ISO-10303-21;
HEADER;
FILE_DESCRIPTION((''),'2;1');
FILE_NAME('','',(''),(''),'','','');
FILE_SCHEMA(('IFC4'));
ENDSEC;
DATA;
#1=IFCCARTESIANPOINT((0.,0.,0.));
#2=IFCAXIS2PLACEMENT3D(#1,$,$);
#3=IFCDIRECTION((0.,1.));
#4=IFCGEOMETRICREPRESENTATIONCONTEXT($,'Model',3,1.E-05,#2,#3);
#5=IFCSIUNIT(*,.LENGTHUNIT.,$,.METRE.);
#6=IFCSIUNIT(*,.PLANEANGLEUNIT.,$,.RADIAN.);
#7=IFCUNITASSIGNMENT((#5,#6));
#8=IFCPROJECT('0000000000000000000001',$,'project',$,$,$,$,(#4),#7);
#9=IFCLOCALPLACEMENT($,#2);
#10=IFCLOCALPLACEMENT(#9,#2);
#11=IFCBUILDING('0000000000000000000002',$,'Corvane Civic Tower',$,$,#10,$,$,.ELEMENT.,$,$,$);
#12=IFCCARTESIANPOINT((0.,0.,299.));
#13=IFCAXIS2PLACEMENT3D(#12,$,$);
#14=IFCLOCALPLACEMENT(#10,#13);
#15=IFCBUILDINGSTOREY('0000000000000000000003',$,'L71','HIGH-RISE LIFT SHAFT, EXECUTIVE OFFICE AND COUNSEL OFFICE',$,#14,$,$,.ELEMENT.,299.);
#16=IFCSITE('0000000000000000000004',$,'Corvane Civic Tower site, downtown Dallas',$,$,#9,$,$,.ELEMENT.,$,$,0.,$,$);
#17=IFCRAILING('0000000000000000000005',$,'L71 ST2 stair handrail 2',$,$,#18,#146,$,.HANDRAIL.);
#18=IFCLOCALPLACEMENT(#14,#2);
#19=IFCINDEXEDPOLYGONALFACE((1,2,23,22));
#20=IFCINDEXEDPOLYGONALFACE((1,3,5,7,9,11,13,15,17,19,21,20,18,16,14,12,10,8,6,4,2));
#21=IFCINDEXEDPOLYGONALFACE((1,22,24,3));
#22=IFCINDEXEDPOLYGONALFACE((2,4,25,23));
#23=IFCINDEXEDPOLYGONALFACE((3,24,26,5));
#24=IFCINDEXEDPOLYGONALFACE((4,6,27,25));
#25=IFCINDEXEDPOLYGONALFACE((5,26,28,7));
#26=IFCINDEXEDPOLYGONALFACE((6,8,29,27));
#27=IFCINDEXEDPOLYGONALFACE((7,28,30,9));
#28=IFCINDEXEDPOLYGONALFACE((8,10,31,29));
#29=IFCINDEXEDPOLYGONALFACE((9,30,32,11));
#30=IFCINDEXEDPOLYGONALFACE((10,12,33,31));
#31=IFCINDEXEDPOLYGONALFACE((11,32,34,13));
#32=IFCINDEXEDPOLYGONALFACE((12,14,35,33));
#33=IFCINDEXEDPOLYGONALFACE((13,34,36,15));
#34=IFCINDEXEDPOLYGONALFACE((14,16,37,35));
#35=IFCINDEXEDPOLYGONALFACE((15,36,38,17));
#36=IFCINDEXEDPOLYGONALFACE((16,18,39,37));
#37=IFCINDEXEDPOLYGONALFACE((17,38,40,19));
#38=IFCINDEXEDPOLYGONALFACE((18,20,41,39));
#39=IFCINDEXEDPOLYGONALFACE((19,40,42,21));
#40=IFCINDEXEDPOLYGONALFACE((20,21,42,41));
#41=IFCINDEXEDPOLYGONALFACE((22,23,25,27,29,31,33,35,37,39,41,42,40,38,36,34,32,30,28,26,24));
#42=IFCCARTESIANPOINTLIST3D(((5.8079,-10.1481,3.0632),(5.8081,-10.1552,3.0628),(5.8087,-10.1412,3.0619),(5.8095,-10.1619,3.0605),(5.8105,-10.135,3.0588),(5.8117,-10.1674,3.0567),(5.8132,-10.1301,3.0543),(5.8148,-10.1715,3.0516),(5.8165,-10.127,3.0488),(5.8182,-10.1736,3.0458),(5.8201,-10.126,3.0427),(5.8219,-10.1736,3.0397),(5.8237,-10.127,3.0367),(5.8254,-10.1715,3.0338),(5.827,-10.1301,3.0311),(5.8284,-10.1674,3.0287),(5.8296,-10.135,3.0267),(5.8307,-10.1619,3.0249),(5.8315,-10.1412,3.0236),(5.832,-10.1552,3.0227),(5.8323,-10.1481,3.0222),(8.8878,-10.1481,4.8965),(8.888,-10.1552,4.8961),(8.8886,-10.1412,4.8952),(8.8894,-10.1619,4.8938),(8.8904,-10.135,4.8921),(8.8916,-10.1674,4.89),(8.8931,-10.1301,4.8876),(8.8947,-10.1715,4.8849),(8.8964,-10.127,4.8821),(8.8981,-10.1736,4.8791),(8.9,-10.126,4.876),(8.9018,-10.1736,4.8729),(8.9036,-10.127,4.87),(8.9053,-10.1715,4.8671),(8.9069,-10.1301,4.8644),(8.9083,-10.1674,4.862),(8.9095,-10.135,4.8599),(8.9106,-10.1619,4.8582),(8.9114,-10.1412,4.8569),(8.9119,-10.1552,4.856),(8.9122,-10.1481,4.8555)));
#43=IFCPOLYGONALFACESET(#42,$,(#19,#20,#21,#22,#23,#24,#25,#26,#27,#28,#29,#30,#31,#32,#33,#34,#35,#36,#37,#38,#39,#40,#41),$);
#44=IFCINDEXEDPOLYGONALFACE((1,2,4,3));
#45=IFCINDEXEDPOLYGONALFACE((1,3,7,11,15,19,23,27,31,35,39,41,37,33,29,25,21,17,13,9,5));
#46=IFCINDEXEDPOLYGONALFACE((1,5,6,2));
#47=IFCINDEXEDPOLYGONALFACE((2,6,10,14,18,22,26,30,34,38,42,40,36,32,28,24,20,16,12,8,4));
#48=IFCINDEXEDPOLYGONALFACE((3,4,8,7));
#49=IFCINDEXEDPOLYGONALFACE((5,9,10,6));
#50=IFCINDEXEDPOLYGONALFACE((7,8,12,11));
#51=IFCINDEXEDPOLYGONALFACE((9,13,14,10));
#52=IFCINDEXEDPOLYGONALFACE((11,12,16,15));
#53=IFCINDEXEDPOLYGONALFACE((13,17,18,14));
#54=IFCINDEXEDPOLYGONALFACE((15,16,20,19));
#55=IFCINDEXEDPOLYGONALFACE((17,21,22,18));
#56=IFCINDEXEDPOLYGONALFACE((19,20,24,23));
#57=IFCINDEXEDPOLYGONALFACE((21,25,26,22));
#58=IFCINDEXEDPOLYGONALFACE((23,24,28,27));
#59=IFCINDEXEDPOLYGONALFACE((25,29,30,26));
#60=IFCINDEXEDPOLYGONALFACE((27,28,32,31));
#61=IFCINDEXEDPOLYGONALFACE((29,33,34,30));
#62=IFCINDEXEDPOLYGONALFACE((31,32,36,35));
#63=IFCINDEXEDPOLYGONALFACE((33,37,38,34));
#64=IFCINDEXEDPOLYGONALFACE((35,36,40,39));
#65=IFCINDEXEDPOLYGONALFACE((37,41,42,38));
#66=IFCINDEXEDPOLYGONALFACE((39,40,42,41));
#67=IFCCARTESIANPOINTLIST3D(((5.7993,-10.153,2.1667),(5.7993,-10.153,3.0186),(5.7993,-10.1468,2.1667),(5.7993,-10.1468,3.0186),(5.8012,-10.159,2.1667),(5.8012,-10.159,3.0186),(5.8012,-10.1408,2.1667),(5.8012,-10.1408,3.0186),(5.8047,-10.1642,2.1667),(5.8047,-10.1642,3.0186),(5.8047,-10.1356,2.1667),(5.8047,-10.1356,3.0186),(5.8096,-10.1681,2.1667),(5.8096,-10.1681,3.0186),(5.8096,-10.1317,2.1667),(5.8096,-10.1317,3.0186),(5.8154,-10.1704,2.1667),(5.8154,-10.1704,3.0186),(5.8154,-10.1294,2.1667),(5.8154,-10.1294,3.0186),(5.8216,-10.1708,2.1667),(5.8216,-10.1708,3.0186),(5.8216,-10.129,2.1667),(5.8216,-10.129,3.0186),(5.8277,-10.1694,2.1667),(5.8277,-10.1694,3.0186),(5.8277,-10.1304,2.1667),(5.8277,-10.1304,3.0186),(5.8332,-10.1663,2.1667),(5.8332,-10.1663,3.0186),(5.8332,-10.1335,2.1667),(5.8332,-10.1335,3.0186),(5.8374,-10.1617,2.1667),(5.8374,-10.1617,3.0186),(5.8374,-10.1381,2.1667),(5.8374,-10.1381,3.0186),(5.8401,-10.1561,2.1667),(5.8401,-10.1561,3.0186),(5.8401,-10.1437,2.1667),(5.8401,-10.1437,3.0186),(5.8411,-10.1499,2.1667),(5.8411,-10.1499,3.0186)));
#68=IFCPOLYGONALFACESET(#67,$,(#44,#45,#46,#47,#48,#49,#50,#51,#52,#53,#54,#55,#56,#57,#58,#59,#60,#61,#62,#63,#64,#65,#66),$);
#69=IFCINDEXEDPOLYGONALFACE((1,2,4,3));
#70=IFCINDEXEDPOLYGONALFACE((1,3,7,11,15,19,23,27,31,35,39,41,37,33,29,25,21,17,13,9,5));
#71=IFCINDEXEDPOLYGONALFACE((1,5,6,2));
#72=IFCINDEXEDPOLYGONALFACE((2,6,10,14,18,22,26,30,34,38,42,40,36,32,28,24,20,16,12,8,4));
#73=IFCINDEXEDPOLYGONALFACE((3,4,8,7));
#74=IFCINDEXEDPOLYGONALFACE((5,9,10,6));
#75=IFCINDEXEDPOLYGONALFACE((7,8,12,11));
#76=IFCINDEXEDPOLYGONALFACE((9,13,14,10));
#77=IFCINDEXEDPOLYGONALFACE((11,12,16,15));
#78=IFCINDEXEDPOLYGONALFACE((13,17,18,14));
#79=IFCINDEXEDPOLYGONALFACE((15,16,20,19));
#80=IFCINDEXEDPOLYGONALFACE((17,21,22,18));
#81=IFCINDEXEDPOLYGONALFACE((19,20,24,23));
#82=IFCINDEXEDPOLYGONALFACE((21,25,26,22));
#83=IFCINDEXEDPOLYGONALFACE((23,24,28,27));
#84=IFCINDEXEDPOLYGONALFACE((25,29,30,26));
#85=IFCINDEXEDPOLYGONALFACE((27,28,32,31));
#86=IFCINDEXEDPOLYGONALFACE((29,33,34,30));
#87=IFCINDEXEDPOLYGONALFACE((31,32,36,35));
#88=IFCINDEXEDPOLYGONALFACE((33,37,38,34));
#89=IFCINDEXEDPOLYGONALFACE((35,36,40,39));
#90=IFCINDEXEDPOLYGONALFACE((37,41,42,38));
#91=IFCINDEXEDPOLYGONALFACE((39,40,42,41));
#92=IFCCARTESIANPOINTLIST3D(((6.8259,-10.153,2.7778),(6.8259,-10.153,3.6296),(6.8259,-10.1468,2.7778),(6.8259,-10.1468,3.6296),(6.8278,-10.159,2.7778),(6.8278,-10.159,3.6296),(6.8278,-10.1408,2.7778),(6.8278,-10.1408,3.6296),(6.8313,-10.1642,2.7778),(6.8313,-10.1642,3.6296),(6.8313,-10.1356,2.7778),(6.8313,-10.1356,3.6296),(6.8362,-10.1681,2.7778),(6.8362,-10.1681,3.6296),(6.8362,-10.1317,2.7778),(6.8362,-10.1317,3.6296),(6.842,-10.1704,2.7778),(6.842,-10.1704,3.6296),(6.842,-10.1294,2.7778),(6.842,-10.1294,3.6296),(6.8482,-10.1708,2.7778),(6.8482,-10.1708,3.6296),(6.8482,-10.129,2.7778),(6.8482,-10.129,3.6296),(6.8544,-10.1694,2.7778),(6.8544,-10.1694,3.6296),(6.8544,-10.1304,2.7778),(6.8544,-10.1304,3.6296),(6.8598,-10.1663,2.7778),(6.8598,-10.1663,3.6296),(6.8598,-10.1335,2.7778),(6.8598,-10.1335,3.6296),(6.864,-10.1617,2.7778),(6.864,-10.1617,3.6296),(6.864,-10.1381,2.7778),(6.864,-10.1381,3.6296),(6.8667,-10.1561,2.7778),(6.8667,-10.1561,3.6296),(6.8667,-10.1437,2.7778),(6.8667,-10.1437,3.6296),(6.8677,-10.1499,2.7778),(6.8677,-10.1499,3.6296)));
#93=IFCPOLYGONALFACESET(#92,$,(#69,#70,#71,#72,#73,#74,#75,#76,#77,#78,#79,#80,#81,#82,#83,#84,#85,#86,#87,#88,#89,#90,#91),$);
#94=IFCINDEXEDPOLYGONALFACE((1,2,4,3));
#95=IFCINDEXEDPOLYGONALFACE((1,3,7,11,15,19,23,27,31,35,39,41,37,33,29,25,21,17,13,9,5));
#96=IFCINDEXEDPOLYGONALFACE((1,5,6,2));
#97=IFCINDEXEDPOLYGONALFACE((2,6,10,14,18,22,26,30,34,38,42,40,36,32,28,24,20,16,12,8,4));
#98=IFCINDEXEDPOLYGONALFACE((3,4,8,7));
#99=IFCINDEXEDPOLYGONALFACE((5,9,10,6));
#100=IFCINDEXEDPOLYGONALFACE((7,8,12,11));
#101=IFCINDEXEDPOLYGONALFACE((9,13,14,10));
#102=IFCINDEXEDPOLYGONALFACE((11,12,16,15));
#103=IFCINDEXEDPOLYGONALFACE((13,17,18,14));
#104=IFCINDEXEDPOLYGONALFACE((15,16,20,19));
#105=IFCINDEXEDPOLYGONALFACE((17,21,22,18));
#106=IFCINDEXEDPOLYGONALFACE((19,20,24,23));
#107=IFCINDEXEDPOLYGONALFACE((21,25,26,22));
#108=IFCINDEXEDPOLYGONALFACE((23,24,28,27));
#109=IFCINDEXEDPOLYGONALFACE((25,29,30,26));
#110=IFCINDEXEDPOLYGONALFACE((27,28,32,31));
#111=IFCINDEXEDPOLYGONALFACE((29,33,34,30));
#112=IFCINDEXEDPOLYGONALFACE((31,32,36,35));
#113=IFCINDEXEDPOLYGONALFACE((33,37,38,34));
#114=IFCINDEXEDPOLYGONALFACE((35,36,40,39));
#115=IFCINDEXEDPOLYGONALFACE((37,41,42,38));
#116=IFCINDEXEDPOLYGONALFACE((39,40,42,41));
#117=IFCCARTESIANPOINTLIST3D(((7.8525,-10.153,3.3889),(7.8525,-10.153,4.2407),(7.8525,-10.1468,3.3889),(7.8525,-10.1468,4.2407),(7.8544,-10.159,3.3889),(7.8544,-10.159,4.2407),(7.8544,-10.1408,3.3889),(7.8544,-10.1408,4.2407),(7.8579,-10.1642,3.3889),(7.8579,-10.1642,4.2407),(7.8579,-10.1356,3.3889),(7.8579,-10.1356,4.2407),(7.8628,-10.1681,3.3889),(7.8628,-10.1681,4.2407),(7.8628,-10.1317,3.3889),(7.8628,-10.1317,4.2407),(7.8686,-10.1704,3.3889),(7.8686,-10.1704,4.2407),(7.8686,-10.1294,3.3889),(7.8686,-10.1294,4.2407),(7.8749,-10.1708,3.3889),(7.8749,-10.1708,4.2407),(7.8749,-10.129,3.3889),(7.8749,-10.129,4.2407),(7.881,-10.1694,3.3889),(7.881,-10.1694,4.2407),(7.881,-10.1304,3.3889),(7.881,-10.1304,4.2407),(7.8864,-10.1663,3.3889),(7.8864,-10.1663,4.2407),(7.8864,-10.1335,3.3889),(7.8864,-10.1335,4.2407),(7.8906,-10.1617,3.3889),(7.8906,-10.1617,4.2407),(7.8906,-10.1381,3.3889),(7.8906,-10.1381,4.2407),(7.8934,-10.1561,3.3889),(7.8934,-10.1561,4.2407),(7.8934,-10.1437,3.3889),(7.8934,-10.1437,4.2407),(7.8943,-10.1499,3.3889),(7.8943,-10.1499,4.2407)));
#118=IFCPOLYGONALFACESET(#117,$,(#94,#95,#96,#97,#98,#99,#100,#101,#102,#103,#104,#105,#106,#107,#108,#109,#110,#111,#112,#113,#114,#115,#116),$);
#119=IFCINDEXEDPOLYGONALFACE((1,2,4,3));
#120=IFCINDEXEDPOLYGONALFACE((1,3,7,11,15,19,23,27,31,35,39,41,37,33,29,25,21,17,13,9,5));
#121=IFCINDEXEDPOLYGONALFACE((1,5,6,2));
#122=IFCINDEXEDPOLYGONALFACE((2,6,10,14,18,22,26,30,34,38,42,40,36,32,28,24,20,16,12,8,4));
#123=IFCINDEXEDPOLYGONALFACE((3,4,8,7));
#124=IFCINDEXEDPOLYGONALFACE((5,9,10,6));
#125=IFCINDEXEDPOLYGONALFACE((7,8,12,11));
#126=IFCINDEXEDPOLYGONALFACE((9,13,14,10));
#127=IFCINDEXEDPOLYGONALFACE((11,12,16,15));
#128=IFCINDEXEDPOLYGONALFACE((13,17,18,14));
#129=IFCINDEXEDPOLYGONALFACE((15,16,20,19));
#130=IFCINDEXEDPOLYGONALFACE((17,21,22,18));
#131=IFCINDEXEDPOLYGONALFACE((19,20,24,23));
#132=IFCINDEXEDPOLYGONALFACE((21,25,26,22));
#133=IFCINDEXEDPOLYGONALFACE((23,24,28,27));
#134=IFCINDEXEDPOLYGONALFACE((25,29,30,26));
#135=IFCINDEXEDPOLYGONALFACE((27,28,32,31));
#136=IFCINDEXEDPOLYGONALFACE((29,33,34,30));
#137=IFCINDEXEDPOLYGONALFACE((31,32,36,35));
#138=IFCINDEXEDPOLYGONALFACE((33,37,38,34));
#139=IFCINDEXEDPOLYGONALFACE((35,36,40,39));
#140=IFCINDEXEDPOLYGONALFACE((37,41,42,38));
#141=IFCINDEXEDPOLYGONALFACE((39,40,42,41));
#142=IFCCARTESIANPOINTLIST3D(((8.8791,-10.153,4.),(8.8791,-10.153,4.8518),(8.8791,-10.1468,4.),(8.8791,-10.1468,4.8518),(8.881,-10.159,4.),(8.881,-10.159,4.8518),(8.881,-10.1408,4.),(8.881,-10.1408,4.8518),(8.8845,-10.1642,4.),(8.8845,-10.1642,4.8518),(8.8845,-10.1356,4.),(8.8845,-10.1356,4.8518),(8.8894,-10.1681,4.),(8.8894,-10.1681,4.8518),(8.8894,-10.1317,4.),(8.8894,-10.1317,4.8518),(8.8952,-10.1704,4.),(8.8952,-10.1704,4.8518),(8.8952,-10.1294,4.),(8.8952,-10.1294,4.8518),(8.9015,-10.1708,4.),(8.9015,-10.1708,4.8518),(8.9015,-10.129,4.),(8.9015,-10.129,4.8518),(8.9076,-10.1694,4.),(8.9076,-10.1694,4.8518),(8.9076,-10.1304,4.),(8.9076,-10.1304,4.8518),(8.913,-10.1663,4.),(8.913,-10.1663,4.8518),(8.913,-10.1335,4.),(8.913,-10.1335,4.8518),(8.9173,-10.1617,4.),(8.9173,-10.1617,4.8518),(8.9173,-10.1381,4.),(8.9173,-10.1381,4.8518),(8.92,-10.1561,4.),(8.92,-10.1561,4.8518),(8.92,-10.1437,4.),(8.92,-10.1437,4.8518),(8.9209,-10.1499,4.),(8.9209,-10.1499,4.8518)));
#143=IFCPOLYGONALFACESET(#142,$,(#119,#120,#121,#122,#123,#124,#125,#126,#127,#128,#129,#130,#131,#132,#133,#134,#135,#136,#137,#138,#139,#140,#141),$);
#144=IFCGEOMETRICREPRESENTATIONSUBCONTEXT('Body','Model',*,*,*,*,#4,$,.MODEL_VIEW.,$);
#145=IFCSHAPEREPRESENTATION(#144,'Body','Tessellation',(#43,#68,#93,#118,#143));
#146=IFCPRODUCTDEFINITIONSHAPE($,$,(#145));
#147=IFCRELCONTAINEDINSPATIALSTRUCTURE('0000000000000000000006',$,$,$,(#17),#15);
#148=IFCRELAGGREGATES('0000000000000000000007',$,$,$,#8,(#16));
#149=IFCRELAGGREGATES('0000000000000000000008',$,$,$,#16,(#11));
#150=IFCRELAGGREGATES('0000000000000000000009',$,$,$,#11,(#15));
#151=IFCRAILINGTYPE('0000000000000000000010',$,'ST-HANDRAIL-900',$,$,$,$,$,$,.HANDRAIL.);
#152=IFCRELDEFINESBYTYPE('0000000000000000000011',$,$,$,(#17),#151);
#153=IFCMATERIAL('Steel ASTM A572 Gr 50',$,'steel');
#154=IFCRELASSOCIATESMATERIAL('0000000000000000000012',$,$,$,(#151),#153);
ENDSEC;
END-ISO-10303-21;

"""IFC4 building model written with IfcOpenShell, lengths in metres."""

from ifc_helpers import new_model, si_unit, direction, frame, origin, origin_2d, place, context, subcontext, project, spatial, circle, extrude, material, type_object, element, save


model = new_model("IFC4")

# Units and contexts
model_context = context("Model", 3, precision=1e-05, world=origin(), true_north=direction((0.0, 1.0)))
body_context = subcontext(model_context, "Body", "Model", "MODEL_VIEW")
ifc_project = project(units=[si_unit("LENGTHUNIT", "METRE"), si_unit("PLANEANGLEUNIT", "RADIAN")], contexts=[model_context])

# Site, building, storey
site_placement = place(None, origin())
site = spatial("IfcSite", under=ifc_project, at=site_placement, Name="Corvane Civic Tower site, downtown Dallas", CompositionType="ELEMENT", RefElevation=0.0)
building_placement = place(site_placement, origin())
building = spatial("IfcBuilding", under=site, at=building_placement, Name="Corvane Civic Tower", CompositionType="ELEMENT")
storey_placement = place(building_placement, frame((0.0, 0.0, 299.0)))
storey = spatial("IfcBuildingStorey", under=building, at=storey_placement, Name="L71", Description="HIGH-RISE LIFT SHAFT, EXECUTIVE OFFICE AND COUNSEL OFFICE", CompositionType="ELEMENT", Elevation=299.0)

# Railing
ifc_material_1 = material(Name="Steel ASTM A572 Gr 50", Category="steel")
railing_type_1 = type_object("IfcRailingType", Name="ST-HANDRAIL-900", PredefinedType="HANDRAIL", material=ifc_material_1)
railing_1_placement = place(storey_placement, frame((5.8201, -10.1499, 2.1667)))
element("IfcRailing", 1, at=railing_1_placement, inside=storey, type_object=railing_type_1, Name="L71 ST2 stair handrail 2", PredefinedType="HANDRAIL", context=body_context, shape_type="SweptSolid", body=[
    extrude(circle(Radius=0.0239, at=origin_2d()), frame((0.0, 0.0, 0.876), z_axis=(0.859291, 0.0, 0.511487), x_axis=(0.0, 1.0, 0.0)), (0.0, 0.0, 1.0), 3.5842),
    extrude(circle(Radius=0.021, at=origin_2d()), origin(), (0.0, 0.0, 1.0), 0.8518),
    extrude(circle(Radius=0.021, at=origin_2d()), frame((1.0266, 0.0, 0.6111)), (0.0, 0.0, 1.0), 0.8518),
    extrude(circle(Radius=0.021, at=origin_2d()), frame((2.0532, 0.0, 1.2222)), (0.0, 0.0, 1.0), 0.8518),
    extrude(circle(Radius=0.021, at=origin_2d()), frame((3.0798, 0.0, 1.8333)), (0.0, 0.0, 1.0), 0.8518),
])

save(model, "model.ifc")
